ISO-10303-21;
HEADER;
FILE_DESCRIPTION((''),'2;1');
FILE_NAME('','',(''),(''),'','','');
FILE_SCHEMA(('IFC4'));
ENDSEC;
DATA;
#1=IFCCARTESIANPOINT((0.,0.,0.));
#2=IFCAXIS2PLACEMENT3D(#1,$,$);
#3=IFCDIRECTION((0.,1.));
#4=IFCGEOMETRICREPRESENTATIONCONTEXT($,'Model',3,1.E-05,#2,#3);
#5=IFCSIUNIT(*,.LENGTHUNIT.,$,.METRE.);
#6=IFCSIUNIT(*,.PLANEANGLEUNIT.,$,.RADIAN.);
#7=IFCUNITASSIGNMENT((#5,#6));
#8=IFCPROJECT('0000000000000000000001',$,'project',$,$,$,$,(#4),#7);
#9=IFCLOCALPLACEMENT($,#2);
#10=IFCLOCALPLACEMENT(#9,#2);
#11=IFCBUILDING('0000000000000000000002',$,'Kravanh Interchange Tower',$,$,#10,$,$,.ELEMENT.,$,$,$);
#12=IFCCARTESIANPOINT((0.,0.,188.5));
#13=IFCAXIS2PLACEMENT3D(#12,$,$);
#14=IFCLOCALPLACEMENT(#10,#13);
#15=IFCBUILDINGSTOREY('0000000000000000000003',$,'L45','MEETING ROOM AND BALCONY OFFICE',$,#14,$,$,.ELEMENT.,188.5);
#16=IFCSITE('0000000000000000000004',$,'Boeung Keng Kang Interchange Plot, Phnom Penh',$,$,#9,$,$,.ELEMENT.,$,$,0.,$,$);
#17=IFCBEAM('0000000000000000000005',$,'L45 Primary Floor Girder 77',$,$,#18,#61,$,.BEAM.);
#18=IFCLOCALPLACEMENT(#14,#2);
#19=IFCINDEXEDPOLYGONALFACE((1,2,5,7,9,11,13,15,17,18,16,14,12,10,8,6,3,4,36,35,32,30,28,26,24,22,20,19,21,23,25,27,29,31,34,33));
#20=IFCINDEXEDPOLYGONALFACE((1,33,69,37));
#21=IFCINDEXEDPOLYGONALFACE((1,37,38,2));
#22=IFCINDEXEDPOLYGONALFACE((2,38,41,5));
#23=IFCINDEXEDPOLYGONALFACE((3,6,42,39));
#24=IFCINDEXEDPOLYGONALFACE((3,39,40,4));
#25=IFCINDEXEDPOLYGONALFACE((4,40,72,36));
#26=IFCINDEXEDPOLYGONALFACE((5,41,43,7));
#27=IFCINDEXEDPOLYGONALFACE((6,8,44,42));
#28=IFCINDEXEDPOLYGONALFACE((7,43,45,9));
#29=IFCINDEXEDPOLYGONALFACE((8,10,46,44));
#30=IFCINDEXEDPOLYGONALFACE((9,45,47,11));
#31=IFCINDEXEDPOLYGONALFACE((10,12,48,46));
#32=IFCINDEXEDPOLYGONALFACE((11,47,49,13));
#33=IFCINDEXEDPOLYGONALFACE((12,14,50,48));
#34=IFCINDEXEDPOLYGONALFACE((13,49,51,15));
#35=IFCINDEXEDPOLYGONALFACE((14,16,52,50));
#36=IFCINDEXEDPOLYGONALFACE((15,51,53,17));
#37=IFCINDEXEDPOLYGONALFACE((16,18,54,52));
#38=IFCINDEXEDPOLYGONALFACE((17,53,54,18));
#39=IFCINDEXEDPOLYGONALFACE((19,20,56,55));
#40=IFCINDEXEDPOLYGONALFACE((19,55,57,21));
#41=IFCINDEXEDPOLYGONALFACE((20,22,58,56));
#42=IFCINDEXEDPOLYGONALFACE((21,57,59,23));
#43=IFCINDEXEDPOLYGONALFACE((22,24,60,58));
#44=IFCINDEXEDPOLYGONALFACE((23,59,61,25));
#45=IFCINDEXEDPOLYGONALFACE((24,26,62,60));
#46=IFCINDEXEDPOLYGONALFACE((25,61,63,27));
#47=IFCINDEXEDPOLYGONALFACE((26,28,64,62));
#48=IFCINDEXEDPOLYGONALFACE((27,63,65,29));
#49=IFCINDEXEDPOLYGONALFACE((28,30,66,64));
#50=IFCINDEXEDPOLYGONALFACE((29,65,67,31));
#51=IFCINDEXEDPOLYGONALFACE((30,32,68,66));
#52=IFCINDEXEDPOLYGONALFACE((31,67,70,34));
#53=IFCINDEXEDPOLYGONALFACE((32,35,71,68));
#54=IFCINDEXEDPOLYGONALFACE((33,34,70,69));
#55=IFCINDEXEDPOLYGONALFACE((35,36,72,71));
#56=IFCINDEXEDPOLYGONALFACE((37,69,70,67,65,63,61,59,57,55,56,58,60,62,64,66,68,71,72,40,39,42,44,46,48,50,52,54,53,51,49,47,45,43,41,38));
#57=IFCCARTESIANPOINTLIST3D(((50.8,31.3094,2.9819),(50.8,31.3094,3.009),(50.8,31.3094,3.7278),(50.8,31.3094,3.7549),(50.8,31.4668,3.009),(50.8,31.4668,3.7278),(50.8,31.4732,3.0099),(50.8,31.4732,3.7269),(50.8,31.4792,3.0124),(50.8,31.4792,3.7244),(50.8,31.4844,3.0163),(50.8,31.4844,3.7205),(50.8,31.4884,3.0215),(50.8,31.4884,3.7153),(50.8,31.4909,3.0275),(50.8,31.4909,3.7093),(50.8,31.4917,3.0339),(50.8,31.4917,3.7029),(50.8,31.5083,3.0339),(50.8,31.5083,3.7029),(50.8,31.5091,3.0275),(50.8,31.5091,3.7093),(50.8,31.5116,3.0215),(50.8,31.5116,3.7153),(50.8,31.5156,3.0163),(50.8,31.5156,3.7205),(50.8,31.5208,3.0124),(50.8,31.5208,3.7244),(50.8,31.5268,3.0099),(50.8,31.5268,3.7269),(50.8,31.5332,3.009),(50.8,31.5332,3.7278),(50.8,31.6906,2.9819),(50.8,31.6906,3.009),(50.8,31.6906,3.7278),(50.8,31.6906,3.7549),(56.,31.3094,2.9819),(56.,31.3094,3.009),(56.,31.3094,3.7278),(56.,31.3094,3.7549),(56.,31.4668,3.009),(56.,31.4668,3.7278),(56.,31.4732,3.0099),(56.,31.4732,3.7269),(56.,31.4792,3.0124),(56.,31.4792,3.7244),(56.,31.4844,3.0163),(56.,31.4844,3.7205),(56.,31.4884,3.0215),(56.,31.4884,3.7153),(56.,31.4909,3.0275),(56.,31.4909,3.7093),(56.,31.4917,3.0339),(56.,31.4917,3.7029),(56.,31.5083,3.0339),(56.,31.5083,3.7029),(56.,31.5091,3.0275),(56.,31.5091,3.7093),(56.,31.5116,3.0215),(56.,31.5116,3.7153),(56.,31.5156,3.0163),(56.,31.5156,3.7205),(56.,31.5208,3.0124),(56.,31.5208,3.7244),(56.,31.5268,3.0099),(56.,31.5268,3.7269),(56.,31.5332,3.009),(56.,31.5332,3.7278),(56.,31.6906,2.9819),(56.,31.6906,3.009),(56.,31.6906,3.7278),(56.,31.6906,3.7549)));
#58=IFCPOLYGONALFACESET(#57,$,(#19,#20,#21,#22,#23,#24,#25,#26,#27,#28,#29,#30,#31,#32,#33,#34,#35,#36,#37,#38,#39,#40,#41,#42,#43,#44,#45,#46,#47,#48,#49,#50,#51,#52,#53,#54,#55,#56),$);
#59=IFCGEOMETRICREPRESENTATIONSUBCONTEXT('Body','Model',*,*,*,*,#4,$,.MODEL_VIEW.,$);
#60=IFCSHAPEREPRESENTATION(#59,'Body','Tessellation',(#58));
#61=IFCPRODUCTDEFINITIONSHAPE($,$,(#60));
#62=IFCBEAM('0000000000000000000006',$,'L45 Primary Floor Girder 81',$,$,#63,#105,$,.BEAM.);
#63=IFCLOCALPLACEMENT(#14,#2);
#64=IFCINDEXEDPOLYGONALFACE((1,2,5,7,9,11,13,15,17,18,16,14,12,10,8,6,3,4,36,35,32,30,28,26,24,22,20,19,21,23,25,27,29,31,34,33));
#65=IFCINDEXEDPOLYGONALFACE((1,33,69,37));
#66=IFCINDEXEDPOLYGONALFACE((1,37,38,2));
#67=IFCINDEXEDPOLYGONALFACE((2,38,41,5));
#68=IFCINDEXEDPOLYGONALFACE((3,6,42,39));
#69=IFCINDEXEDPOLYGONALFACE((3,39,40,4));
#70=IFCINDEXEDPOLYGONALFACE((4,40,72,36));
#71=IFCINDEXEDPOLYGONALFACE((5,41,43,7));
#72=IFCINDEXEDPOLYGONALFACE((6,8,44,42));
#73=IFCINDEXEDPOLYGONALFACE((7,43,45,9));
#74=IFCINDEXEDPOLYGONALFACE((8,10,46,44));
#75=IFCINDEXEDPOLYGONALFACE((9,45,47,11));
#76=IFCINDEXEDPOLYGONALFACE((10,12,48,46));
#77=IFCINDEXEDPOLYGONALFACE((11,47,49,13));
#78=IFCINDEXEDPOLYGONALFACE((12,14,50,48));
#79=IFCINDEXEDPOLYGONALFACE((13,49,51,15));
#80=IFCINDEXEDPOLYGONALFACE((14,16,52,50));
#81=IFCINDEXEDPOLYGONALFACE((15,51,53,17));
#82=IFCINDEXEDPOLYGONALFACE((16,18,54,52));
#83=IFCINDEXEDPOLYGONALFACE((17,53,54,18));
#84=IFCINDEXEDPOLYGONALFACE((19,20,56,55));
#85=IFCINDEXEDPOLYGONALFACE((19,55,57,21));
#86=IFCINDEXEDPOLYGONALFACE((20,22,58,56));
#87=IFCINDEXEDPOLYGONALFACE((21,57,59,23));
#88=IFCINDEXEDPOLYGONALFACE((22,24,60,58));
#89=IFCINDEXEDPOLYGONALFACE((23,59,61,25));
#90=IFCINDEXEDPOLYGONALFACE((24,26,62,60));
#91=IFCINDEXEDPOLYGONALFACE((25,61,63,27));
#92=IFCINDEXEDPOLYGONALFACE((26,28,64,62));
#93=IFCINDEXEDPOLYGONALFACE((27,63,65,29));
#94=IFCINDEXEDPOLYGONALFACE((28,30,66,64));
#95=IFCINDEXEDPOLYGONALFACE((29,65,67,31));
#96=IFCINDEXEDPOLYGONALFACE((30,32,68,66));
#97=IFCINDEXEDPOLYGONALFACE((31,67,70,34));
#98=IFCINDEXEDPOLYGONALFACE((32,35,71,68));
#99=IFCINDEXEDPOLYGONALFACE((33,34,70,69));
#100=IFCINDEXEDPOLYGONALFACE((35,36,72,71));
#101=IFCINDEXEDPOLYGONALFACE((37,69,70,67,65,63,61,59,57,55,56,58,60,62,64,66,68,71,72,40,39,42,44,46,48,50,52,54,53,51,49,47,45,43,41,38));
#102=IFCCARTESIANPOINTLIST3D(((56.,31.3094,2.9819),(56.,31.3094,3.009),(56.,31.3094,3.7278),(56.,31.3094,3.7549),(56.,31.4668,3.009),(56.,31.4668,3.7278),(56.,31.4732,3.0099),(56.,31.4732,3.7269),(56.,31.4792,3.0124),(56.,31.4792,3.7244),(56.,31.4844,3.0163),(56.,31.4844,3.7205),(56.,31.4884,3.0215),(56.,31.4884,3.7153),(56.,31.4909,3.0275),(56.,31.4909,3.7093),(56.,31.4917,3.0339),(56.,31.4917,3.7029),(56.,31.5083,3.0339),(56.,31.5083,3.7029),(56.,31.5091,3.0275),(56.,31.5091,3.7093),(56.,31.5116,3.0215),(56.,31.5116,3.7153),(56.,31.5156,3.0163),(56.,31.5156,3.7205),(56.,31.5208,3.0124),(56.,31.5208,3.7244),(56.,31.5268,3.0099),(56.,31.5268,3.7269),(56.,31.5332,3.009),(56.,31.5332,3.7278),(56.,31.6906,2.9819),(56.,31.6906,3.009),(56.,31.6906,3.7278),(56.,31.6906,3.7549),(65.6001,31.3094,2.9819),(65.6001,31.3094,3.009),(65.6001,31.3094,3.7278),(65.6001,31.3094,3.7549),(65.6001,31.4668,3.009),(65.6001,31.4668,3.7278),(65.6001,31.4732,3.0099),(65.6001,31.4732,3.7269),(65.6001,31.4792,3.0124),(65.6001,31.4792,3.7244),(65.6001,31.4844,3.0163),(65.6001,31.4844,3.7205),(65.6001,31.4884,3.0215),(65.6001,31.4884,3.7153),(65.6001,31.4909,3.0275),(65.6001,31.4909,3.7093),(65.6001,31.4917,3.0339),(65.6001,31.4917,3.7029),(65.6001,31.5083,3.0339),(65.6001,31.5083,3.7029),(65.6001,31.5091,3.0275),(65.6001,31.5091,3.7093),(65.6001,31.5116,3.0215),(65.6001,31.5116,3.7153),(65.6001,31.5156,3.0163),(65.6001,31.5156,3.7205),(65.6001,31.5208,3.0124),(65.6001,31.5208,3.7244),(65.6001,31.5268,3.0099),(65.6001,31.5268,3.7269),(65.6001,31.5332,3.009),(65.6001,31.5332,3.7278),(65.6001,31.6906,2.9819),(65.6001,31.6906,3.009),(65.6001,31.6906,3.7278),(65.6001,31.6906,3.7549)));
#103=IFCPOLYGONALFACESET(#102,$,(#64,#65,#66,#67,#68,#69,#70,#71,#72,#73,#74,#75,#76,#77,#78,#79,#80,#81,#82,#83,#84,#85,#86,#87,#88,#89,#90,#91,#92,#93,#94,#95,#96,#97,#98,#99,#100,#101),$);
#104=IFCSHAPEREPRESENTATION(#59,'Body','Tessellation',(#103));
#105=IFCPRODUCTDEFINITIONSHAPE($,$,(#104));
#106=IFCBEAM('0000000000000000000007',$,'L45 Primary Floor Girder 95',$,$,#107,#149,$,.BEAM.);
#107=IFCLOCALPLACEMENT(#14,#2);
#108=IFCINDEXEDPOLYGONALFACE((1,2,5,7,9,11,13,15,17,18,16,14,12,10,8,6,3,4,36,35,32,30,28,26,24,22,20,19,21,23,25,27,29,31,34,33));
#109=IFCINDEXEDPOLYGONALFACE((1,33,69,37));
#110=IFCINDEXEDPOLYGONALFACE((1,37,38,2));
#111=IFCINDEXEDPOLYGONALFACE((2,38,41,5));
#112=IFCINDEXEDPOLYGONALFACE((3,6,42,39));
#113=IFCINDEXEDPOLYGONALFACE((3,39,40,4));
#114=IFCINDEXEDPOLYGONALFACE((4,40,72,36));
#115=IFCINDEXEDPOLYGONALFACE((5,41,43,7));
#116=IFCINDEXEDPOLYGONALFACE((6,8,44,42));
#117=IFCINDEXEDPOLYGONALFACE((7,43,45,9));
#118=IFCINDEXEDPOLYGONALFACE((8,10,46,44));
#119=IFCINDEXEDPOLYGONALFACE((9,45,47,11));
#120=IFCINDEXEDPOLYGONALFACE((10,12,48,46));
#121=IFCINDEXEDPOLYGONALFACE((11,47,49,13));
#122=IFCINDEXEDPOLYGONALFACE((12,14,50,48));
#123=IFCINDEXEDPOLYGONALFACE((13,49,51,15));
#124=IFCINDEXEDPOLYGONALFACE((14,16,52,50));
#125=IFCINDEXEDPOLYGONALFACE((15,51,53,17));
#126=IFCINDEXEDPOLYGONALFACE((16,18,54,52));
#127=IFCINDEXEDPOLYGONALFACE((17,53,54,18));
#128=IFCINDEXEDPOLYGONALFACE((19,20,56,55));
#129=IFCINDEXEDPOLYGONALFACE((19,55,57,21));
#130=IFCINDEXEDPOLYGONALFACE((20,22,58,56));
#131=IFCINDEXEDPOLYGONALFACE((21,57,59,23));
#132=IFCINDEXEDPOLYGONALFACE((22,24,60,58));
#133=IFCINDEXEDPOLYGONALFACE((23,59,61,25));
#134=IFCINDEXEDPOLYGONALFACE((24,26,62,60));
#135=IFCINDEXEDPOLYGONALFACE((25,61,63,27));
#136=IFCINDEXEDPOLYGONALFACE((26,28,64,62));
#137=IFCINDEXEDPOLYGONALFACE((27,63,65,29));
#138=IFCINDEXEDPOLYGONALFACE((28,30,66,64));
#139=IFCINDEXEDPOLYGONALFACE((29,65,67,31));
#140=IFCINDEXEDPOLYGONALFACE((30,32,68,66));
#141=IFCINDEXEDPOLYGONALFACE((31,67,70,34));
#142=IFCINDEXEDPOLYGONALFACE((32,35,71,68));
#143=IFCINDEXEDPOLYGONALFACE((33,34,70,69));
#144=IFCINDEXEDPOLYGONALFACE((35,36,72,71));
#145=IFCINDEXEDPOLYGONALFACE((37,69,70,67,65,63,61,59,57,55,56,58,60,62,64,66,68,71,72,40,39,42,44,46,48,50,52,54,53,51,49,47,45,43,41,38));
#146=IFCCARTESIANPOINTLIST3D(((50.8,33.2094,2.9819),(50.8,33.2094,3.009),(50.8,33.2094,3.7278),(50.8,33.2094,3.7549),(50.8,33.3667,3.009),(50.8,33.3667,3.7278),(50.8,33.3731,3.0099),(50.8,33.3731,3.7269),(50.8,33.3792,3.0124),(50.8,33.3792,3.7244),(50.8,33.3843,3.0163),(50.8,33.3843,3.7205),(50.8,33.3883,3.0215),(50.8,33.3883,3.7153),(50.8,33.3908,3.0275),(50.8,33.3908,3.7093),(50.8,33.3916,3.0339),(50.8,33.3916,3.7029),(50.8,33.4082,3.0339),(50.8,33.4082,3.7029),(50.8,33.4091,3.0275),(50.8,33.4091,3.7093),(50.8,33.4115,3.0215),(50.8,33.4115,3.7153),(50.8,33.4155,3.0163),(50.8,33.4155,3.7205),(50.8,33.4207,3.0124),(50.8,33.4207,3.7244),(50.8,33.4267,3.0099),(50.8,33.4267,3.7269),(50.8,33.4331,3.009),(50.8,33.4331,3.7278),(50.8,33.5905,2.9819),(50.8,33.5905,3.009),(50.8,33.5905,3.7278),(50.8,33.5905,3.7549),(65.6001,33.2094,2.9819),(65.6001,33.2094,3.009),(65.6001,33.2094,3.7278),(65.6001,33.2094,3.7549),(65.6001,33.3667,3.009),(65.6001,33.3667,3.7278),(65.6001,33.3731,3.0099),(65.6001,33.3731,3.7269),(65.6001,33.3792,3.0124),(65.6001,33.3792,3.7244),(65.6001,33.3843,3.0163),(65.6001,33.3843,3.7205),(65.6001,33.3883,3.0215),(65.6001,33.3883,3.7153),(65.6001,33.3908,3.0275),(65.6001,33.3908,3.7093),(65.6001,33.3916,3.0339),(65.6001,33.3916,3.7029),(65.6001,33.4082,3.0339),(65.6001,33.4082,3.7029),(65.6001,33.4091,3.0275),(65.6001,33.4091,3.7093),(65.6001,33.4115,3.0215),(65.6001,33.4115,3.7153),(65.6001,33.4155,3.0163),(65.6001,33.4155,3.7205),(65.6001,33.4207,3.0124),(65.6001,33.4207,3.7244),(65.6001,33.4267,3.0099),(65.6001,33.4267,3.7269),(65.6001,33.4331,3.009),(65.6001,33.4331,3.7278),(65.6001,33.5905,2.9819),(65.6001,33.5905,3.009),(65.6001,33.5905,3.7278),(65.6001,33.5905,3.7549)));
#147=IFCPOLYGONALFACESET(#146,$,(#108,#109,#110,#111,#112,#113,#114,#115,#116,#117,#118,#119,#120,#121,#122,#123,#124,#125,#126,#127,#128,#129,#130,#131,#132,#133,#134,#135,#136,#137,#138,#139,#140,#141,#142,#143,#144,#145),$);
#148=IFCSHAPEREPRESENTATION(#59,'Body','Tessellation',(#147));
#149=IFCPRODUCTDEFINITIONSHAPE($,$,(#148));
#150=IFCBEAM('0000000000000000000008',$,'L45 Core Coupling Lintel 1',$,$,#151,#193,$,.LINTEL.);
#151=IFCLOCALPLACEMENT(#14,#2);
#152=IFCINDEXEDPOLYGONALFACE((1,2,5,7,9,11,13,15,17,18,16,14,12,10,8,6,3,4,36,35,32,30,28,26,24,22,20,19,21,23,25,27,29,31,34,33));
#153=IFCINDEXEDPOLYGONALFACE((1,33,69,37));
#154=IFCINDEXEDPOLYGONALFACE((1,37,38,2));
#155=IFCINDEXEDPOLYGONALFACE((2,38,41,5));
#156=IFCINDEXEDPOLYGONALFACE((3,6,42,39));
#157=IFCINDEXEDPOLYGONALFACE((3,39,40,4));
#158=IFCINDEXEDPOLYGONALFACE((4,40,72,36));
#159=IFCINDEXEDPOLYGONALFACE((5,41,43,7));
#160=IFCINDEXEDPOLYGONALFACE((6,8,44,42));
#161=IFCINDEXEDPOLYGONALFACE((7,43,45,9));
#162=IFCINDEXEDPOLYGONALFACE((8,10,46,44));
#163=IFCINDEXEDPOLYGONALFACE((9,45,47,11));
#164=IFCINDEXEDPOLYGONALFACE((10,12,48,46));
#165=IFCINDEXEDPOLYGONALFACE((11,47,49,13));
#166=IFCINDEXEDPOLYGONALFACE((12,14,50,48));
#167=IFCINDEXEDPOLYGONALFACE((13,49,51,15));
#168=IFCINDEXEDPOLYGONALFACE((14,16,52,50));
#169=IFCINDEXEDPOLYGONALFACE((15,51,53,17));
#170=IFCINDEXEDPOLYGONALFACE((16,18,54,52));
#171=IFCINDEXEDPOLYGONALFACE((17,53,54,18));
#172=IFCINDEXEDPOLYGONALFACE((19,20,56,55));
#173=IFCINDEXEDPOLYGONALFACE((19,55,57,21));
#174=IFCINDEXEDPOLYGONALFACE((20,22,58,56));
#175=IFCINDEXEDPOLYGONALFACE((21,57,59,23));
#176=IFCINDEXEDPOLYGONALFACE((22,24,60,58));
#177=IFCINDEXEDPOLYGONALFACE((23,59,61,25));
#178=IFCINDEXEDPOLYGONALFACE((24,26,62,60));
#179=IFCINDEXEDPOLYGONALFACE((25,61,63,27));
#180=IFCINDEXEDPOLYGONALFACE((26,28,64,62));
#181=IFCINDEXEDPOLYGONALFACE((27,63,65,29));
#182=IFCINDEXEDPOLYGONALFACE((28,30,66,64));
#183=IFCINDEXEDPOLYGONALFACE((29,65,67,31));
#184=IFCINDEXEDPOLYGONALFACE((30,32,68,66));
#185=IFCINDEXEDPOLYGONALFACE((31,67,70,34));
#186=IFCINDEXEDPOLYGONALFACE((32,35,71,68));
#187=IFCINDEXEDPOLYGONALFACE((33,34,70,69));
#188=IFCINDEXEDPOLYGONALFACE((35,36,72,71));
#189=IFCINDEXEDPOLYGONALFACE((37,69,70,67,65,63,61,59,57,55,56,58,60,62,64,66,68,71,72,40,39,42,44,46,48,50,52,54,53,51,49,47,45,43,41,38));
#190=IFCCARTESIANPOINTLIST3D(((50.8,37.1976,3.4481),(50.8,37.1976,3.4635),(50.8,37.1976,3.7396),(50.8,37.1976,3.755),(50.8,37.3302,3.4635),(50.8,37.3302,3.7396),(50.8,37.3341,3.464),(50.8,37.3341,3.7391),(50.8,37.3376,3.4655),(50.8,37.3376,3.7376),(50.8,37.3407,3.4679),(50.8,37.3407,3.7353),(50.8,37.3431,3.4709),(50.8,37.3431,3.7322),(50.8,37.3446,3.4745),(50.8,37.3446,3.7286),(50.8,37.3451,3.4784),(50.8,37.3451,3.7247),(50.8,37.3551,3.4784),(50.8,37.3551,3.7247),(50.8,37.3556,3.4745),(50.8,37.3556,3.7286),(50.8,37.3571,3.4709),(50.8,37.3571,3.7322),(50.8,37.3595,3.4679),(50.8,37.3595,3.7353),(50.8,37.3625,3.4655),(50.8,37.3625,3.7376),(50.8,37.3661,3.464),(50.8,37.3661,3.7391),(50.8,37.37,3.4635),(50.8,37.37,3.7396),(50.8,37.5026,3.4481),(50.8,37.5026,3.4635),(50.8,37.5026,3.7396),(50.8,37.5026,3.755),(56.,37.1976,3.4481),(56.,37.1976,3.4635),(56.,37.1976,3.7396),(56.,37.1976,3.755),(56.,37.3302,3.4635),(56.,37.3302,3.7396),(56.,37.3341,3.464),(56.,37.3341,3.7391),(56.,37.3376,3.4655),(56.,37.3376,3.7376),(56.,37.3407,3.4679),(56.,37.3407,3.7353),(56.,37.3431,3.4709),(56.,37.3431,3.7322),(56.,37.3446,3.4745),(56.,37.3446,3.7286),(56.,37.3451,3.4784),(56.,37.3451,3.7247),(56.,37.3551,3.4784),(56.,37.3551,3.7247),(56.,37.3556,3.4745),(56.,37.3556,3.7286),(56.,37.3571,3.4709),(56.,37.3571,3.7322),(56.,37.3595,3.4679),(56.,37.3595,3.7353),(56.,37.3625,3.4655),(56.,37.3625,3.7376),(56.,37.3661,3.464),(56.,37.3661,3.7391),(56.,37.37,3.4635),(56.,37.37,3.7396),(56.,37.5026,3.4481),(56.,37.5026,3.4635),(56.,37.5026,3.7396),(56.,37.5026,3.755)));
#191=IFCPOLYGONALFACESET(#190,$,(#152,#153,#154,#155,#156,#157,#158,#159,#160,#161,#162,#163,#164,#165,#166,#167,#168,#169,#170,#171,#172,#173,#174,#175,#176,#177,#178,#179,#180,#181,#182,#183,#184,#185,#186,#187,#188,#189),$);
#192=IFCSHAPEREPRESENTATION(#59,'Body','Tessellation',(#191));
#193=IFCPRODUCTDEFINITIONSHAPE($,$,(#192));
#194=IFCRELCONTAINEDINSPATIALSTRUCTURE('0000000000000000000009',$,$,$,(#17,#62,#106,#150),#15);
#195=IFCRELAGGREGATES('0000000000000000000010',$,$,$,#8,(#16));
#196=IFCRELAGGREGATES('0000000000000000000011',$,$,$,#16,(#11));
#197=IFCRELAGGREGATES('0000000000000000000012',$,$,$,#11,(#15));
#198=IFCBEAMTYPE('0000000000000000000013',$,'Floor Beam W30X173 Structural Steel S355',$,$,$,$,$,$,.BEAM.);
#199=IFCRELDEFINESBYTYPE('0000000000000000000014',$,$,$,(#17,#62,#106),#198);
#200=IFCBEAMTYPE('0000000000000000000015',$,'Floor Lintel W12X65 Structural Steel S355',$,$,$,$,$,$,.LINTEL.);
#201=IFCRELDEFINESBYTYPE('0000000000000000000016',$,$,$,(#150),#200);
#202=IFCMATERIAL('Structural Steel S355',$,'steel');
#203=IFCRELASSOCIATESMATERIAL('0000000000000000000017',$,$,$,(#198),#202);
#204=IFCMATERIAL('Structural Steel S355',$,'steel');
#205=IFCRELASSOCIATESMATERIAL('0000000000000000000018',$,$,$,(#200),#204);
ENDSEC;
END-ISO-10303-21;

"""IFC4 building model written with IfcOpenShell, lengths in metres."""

from ifc_helpers import new_model, si_unit, direction, frame, origin, origin_2d, place, context, subcontext, project, spatial, i_section, extrude, material, material_profile, profile_set, type_object, element, save


model = new_model("IFC4")

# Units and contexts
model_context = context("Model", 3, precision=1e-05, world=origin(), true_north=direction((0.0, 1.0)))
body_context = subcontext(model_context, "Body", "Model", "MODEL_VIEW")
ifc_project = project(units=[si_unit("LENGTHUNIT", "METRE"), si_unit("PLANEANGLEUNIT", "RADIAN")], contexts=[model_context])

# Site, building, storey
site_placement = place(None, origin())
site = spatial("IfcSite", under=ifc_project, at=site_placement, Name="Boeung Keng Kang Interchange Plot, Phnom Penh", CompositionType="ELEMENT", RefElevation=0.0)
building_placement = place(site_placement, origin())
building = spatial("IfcBuilding", under=site, at=building_placement, Name="Kravanh Interchange Tower", CompositionType="ELEMENT")
storey_placement = place(building_placement, frame((0.0, 0.0, 188.5)))
storey = spatial("IfcBuildingStorey", under=building, at=storey_placement, Name="L45", Description="MEETING ROOM AND BALCONY OFFICE", CompositionType="ELEMENT", Elevation=188.5)

# Beams
ifc_material_1 = material(Name="Structural Steel S355", Category="steel")
ifc_material_profile_1 = material_profile(ifc_material_1, i_section(OverallWidth=0.3811, OverallDepth=0.7729, WebThickness=0.0166, FlangeThickness=0.0271, FilletRadius=0.0249, at=origin_2d()), Name="W30X173")
ifc_profile_set_1 = profile_set([ifc_material_profile_1], Name="Structural Steel S355")
beam_type_1 = type_object("IfcBeamType", Name="Floor Beam W30X173 Structural Steel S355", PredefinedType="BEAM", material=ifc_profile_set_1)
beam_1_placement = place(storey_placement, frame((50.8, 31.5, 3.3684), z_axis=(1.0, 0.0, 0.0), x_axis=(0.0, 1.0, 0.0)))
element("IfcBeam", 1, at=beam_1_placement, inside=storey, type_object=beam_type_1, Name="L45 Primary Floor Girder 77", PredefinedType="BEAM", context=body_context, shape_type="SweptSolid", body=[
    extrude(i_section(OverallWidth=0.3811, OverallDepth=0.7729, WebThickness=0.0166, FlangeThickness=0.0271, FilletRadius=0.0249, at=origin_2d()), origin(), (0.0, 0.0, 1.0), 5.2),
])
beam_2_placement = place(storey_placement, frame((56.0, 31.5, 3.3684), z_axis=(1.0, 0.0, 0.0), x_axis=(0.0, 1.0, 0.0)))
element("IfcBeam", 2, at=beam_2_placement, inside=storey, type_object=beam_type_1, Name="L45 Primary Floor Girder 81", PredefinedType="BEAM", context=body_context, shape_type="SweptSolid", body=[
    extrude(i_section(OverallWidth=0.3811, OverallDepth=0.7729, WebThickness=0.0166, FlangeThickness=0.0271, FilletRadius=0.0249, at=origin_2d()), origin(), (0.0, 0.0, 1.0), 9.6001),
])
beam_3_placement = place(storey_placement, frame((50.8, 33.3999, 3.3684), z_axis=(1.0, 0.0, 0.0), x_axis=(0.0, 1.0, 0.0)))
element("IfcBeam", 3, at=beam_3_placement, inside=storey, type_object=beam_type_1, Name="L45 Primary Floor Girder 95", PredefinedType="BEAM", context=body_context, shape_type="SweptSolid", body=[
    extrude(i_section(OverallWidth=0.3811, OverallDepth=0.7729, WebThickness=0.0166, FlangeThickness=0.0271, FilletRadius=0.0249, at=origin_2d()), origin(), (0.0, 0.0, 1.0), 14.8),
])
ifc_material_2 = material(Name="Structural Steel S355", Category="steel")
ifc_material_profile_2 = material_profile(ifc_material_2, i_section(OverallWidth=0.3049, OverallDepth=0.3069, WebThickness=0.01, FlangeThickness=0.0154, FilletRadius=0.0149, at=origin_2d()), Name="W12X65")
ifc_profile_set_2 = profile_set([ifc_material_profile_2], Name="Structural Steel S355")
beam_type_2 = type_object("IfcBeamType", Name="Floor Lintel W12X65 Structural Steel S355", PredefinedType="LINTEL", material=ifc_profile_set_2)
beam_4_placement = place(storey_placement, frame((50.8, 37.3501, 3.6016), z_axis=(1.0, 0.0, 0.0), x_axis=(0.0, 1.0, 0.0)))
element("IfcBeam", 4, at=beam_4_placement, inside=storey, type_object=beam_type_2, Name="L45 Core Coupling Lintel 1", PredefinedType="LINTEL", context=body_context, shape_type="SweptSolid", body=[
    extrude(i_section(OverallWidth=0.3049, OverallDepth=0.3069, WebThickness=0.01, FlangeThickness=0.0154, FilletRadius=0.0149, at=origin_2d()), origin(), (0.0, 0.0, 1.0), 5.2),
])

save(model, "model.ifc")
